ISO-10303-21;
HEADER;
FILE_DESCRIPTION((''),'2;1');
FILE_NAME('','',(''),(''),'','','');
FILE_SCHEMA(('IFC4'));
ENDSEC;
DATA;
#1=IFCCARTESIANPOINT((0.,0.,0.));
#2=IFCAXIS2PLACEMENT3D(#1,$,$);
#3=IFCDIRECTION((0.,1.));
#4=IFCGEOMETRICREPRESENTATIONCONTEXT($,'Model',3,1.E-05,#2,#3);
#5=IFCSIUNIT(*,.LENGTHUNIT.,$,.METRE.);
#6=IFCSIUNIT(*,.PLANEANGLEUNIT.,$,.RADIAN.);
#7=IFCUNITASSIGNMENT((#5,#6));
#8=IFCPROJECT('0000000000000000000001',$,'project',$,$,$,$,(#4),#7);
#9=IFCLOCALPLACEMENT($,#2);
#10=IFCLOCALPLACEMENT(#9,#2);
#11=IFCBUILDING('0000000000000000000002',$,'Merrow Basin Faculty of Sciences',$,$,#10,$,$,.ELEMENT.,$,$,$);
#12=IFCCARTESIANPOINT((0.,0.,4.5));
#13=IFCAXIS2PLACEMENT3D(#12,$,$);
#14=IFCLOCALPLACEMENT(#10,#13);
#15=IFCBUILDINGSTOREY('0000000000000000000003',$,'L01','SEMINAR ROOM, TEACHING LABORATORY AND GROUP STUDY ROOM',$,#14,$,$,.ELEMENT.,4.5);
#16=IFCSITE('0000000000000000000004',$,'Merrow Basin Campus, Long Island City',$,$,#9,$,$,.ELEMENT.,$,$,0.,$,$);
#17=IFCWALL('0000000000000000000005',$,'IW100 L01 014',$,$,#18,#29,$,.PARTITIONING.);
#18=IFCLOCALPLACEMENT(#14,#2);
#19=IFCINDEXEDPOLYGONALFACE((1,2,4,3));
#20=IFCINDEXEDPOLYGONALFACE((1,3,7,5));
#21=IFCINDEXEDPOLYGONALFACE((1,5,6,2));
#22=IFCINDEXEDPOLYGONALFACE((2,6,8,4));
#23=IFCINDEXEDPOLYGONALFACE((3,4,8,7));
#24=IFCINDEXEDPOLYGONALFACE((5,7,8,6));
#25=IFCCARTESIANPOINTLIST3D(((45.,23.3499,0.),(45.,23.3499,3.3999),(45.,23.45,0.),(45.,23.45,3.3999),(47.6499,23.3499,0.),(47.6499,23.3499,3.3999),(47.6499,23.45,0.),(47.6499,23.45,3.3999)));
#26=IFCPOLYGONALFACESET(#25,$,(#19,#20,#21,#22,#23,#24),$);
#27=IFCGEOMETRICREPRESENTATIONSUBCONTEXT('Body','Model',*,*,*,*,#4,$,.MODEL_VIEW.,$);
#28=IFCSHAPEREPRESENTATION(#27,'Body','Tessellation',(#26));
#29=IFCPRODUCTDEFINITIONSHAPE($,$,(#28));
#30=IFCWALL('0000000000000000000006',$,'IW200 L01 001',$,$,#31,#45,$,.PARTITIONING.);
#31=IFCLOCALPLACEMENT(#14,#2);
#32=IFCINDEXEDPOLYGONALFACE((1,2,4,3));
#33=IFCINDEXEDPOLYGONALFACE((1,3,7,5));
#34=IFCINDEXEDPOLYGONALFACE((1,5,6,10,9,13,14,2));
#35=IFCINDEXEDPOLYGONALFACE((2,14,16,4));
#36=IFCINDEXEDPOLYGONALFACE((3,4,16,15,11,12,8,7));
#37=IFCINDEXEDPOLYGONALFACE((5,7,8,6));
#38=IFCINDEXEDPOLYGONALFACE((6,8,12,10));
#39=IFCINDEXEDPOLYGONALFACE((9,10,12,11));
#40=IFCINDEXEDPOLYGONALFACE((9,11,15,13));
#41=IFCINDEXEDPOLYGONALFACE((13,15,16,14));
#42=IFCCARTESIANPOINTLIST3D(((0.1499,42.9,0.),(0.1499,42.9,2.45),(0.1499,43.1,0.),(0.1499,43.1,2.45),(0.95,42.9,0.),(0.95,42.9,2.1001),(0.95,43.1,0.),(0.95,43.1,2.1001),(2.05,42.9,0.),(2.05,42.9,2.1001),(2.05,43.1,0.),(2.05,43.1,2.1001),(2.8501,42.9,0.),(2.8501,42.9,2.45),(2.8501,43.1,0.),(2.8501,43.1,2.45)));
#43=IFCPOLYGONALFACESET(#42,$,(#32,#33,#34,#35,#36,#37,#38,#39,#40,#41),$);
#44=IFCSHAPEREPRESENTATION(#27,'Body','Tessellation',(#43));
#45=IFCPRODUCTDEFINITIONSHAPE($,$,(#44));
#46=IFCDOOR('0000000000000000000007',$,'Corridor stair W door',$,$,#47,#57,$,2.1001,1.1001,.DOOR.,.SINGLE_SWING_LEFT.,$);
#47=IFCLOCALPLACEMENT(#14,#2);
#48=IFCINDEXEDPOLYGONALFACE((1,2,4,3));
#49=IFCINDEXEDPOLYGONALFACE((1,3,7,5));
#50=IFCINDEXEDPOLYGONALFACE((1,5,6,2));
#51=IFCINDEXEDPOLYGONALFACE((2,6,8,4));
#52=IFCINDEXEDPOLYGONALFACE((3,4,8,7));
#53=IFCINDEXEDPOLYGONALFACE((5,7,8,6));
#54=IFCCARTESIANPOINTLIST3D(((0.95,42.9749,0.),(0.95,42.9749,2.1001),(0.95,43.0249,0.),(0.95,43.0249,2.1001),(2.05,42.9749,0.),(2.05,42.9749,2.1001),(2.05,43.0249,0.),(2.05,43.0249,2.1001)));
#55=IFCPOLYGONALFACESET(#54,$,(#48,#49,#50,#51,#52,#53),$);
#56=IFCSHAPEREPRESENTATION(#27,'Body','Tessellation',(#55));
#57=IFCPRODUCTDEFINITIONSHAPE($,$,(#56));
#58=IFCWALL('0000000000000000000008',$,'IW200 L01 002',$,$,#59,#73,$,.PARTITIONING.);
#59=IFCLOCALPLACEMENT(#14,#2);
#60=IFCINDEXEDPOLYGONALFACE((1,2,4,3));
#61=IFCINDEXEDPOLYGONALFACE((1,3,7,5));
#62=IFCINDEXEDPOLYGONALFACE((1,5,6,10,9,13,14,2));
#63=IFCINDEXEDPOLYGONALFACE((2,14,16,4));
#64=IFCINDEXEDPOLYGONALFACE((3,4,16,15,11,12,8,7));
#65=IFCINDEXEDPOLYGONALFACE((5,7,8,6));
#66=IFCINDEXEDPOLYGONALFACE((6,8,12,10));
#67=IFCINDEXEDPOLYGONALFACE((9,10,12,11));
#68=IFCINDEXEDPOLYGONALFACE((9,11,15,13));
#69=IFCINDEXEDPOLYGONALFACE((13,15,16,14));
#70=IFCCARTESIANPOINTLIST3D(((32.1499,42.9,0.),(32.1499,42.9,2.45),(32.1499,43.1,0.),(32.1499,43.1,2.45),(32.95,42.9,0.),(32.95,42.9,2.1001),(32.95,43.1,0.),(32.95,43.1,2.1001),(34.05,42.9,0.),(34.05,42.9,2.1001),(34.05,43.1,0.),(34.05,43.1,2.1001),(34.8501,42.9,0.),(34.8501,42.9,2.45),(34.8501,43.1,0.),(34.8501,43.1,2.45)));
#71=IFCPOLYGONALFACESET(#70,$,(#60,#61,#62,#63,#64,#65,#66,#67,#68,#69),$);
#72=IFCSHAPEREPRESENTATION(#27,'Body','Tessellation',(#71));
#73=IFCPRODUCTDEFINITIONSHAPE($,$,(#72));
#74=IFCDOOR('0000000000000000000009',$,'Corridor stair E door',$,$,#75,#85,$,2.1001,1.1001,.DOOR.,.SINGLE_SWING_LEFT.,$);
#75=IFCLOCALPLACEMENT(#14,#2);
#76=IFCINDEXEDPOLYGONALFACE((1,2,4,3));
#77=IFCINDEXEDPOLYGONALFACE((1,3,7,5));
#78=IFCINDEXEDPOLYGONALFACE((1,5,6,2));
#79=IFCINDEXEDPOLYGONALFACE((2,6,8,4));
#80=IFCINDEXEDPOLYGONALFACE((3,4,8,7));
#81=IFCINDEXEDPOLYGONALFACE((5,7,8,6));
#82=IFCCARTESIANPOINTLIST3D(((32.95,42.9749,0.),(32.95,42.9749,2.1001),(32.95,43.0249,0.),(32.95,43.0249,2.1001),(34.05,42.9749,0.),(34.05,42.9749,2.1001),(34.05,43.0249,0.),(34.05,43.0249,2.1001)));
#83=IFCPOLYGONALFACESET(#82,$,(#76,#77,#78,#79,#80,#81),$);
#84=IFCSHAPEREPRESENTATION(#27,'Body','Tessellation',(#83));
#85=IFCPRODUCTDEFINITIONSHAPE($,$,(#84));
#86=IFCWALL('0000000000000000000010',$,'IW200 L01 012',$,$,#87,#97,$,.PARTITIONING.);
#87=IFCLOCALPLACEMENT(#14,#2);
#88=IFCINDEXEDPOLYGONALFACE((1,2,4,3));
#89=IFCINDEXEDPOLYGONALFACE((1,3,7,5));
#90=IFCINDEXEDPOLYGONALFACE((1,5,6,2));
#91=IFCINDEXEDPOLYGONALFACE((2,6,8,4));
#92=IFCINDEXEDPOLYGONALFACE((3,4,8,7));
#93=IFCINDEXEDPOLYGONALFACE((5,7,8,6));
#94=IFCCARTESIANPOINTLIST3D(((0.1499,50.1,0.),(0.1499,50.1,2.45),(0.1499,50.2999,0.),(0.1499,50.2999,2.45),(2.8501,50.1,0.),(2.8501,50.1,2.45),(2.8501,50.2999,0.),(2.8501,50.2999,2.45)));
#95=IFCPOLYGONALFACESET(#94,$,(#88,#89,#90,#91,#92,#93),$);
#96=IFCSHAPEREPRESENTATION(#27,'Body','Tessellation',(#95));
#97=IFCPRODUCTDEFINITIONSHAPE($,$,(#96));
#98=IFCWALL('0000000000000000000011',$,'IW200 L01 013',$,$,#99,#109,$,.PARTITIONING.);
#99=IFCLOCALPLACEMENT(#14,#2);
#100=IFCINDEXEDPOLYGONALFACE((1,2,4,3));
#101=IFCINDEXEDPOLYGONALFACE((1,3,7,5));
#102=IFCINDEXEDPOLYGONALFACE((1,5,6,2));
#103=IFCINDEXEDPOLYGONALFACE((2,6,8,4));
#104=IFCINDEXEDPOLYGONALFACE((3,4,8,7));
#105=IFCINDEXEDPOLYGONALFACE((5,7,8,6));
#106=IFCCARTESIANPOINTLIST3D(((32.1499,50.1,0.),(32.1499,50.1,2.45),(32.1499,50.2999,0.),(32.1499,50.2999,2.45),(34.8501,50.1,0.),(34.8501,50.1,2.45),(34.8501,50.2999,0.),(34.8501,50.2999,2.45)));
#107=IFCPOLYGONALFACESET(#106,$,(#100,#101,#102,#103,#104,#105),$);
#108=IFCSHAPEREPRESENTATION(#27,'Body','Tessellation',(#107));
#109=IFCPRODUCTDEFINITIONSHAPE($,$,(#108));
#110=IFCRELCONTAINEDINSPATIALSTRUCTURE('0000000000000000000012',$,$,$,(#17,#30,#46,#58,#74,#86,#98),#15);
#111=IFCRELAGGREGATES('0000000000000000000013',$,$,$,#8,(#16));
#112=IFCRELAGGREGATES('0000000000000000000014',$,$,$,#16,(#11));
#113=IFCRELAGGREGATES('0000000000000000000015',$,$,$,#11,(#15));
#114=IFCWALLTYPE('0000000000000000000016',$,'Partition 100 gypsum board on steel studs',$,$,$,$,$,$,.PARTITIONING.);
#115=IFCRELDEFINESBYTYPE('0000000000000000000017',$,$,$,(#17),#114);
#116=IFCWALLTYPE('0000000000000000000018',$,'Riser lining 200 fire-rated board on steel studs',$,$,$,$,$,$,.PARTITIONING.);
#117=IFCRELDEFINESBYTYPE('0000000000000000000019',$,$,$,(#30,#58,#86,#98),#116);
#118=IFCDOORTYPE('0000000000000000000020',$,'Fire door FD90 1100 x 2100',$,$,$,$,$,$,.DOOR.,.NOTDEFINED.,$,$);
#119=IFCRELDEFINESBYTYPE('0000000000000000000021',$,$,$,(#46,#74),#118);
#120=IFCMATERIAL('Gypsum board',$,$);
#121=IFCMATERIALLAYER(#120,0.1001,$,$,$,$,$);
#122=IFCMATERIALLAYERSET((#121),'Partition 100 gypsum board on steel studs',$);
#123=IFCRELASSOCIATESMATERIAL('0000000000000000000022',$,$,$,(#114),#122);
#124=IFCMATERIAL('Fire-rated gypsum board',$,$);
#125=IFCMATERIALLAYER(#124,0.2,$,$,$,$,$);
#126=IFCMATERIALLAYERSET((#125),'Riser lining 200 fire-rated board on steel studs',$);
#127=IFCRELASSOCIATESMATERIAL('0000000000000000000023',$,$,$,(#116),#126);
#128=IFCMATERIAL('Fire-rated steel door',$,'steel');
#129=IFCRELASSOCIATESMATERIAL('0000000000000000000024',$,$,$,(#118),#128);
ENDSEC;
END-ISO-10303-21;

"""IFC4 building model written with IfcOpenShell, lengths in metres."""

from ifc_helpers import new_model, si_unit, direction, frame, frame_2d, origin, place, context, subcontext, project, spatial, rectangle, extrude, material, layer, layer_set, type_object, element, fill, save


model = new_model("IFC4")

# Units and contexts
model_context = context("Model", 3, precision=1e-05, world=origin(), true_north=direction((0.0, 1.0)))
body_context = subcontext(model_context, "Body", "Model", "MODEL_VIEW")
ifc_project = project(units=[si_unit("LENGTHUNIT", "METRE"), si_unit("PLANEANGLEUNIT", "RADIAN")], contexts=[model_context])

# Site, building, storey
site_placement = place(None, origin())
site = spatial("IfcSite", under=ifc_project, at=site_placement, Name="Merrow Basin Campus, Long Island City", CompositionType="ELEMENT", RefElevation=0.0)
building_placement = place(site_placement, origin())
building = spatial("IfcBuilding", under=site, at=building_placement, Name="Merrow Basin Faculty of Sciences", CompositionType="ELEMENT")
storey_placement = place(building_placement, frame((0.0, 0.0, 4.5)))
storey = spatial("IfcBuildingStorey", under=building, at=storey_placement, Name="L01", Description="SEMINAR ROOM, TEACHING LABORATORY AND GROUP STUDY ROOM", CompositionType="ELEMENT", Elevation=4.5)

# Wall
ifc_material_1 = material(Name="Gypsum board")
ifc_layer_1 = layer(ifc_material_1, 0.1001)
ifc_layer_set_1 = layer_set([ifc_layer_1], Name="Partition 100 gypsum board on steel studs")
wall_type_1 = type_object("IfcWallType", Name="Partition 100 gypsum board on steel studs", PredefinedType="PARTITIONING", material=ifc_layer_set_1)
wall_1_placement = place(storey_placement, frame((45.0, 23.3999, 0.0), z_axis=(0.0, 0.0, 1.0), x_axis=(1.0, 0.0, 0.0)))
element("IfcWall", 1, at=wall_1_placement, inside=storey, type_object=wall_type_1, Name="IW100 L01 014", PredefinedType="PARTITIONING", context=body_context, shape_type="SweptSolid", body=[
    extrude(rectangle(XDim=2.6499, YDim=0.1001, at=frame_2d((1.325, 0.0))), origin(), (0.0, 0.0, 1.0), 3.3999),
])

# Walls, openings, doors
ifc_material_2 = material(Name="Fire-rated gypsum board")
ifc_layer_2 = layer(ifc_material_2, 0.2)
ifc_layer_set_2 = layer_set([ifc_layer_2], Name="Riser lining 200 fire-rated board on steel studs")
wall_type_2 = type_object("IfcWallType", Name="Riser lining 200 fire-rated board on steel studs", PredefinedType="PARTITIONING", material=ifc_layer_set_2)
wall_2_placement = place(storey_placement, frame((0.1499, 43.0, 0.0), z_axis=(0.0, 0.0, 1.0), x_axis=(1.0, 0.0, 0.0)))
wall_2 = element("IfcWall", 2, at=wall_2_placement, inside=storey, type_object=wall_type_2, Name="IW200 L01 001", PredefinedType="PARTITIONING", context=body_context, shape_type="SweptSolid", body=[
    extrude(rectangle(XDim=2.7002, YDim=0.2, at=frame_2d((1.3501, 0.0))), origin(), (0.0, 0.0, 1.0), 2.45),
])
opening_1_placement = place(wall_2_placement, frame((0.8, 0.0, 0.0)))
opening_1 = element("IfcOpeningElement", 3, at=opening_1_placement, cuts=wall_2, PredefinedType="OPENING", context=body_context, shape_type="SweptSolid", body=[
    extrude(rectangle(XDim=1.1001, YDim=2.1001, at=frame_2d((0.55, 1.05))), frame((0.0, 0.1099, 0.0), z_axis=(0.0, -1.0, 0.0), x_axis=(1.0, 0.0, 0.0)), (0.0, 0.0, 1.0), 0.22),
])
ifc_material_3 = material(Name="Fire-rated steel door", Category="steel")
door_type_1 = type_object("IfcDoorType", Name="Fire door FD90 1100 x 2100", OperationType="NOTDEFINED", PredefinedType="DOOR", material=ifc_material_3)
door_1_placement = place(opening_1_placement, origin())
door_1 = element("IfcDoor", 4, at=door_1_placement, inside=storey, type_object=door_type_1, Name="Corridor stair W door", OperationType="SINGLE_SWING_LEFT", OverallHeight=2.1001, OverallWidth=1.1001, PredefinedType="DOOR", context=body_context, shape_type="SweptSolid", body=[
    extrude(rectangle(XDim=1.1001, YDim=2.1001, at=frame_2d((0.55, 1.05))), frame((0.0, 0.0249, 0.0), z_axis=(0.0, -1.0, 0.0), x_axis=(1.0, 0.0, 0.0)), (0.0, 0.0, 1.0), 0.05),
])
fill(opening_1, door_1)
wall_3_placement = place(storey_placement, frame((32.1499, 43.0, 0.0), z_axis=(0.0, 0.0, 1.0), x_axis=(1.0, 0.0, 0.0)))
wall_3 = element("IfcWall", 5, at=wall_3_placement, inside=storey, type_object=wall_type_2, Name="IW200 L01 002", PredefinedType="PARTITIONING", context=body_context, shape_type="SweptSolid", body=[
    extrude(rectangle(XDim=2.7002, YDim=0.2, at=frame_2d((1.3501, 0.0))), origin(), (0.0, 0.0, 1.0), 2.45),
])
opening_2_placement = place(wall_3_placement, frame((0.8, 0.0, 0.0)))
opening_2 = element("IfcOpeningElement", 6, at=opening_2_placement, cuts=wall_3, PredefinedType="OPENING", context=body_context, shape_type="SweptSolid", body=[
    extrude(rectangle(XDim=1.1001, YDim=2.1001, at=frame_2d((0.55, 1.05))), frame((0.0, 0.1099, 0.0), z_axis=(0.0, -1.0, 0.0), x_axis=(1.0, 0.0, 0.0)), (0.0, 0.0, 1.0), 0.22),
])
door_2_placement = place(opening_2_placement, origin())
door_2 = element("IfcDoor", 7, at=door_2_placement, inside=storey, type_object=door_type_1, Name="Corridor stair E door", OperationType="SINGLE_SWING_LEFT", OverallHeight=2.1001, OverallWidth=1.1001, PredefinedType="DOOR", context=body_context, shape_type="SweptSolid", body=[
    extrude(rectangle(XDim=1.1001, YDim=2.1001, at=frame_2d((0.55, 1.05))), frame((0.0, 0.0249, 0.0), z_axis=(0.0, -1.0, 0.0), x_axis=(1.0, 0.0, 0.0)), (0.0, 0.0, 1.0), 0.05),
])
fill(opening_2, door_2)

# Walls
for number, where, z_axis, x_axis, name in (
    (8, (0.1499, 50.2, 0.0), (0.0, 0.0, 1.0), (1.0, 0.0, 0.0), "IW200 L01 012"),
    (9, (32.1499, 50.2, 0.0), (0.0, 0.0, 1.0), (1.0, 0.0, 0.0), "IW200 L01 013"),
):
    element("IfcWall", number, at=place(storey_placement, frame(where, z_axis=z_axis, x_axis=x_axis)), inside=storey, type_object=wall_type_2, Name=name, PredefinedType="PARTITIONING", context=body_context, shape_type="SweptSolid", body=[
        extrude(rectangle(XDim=2.7002, YDim=0.2, at=frame_2d((1.3501, 0.0))), origin(), (0.0, 0.0, 1.0), 2.45),
    ])

save(model, "model.ifc")
